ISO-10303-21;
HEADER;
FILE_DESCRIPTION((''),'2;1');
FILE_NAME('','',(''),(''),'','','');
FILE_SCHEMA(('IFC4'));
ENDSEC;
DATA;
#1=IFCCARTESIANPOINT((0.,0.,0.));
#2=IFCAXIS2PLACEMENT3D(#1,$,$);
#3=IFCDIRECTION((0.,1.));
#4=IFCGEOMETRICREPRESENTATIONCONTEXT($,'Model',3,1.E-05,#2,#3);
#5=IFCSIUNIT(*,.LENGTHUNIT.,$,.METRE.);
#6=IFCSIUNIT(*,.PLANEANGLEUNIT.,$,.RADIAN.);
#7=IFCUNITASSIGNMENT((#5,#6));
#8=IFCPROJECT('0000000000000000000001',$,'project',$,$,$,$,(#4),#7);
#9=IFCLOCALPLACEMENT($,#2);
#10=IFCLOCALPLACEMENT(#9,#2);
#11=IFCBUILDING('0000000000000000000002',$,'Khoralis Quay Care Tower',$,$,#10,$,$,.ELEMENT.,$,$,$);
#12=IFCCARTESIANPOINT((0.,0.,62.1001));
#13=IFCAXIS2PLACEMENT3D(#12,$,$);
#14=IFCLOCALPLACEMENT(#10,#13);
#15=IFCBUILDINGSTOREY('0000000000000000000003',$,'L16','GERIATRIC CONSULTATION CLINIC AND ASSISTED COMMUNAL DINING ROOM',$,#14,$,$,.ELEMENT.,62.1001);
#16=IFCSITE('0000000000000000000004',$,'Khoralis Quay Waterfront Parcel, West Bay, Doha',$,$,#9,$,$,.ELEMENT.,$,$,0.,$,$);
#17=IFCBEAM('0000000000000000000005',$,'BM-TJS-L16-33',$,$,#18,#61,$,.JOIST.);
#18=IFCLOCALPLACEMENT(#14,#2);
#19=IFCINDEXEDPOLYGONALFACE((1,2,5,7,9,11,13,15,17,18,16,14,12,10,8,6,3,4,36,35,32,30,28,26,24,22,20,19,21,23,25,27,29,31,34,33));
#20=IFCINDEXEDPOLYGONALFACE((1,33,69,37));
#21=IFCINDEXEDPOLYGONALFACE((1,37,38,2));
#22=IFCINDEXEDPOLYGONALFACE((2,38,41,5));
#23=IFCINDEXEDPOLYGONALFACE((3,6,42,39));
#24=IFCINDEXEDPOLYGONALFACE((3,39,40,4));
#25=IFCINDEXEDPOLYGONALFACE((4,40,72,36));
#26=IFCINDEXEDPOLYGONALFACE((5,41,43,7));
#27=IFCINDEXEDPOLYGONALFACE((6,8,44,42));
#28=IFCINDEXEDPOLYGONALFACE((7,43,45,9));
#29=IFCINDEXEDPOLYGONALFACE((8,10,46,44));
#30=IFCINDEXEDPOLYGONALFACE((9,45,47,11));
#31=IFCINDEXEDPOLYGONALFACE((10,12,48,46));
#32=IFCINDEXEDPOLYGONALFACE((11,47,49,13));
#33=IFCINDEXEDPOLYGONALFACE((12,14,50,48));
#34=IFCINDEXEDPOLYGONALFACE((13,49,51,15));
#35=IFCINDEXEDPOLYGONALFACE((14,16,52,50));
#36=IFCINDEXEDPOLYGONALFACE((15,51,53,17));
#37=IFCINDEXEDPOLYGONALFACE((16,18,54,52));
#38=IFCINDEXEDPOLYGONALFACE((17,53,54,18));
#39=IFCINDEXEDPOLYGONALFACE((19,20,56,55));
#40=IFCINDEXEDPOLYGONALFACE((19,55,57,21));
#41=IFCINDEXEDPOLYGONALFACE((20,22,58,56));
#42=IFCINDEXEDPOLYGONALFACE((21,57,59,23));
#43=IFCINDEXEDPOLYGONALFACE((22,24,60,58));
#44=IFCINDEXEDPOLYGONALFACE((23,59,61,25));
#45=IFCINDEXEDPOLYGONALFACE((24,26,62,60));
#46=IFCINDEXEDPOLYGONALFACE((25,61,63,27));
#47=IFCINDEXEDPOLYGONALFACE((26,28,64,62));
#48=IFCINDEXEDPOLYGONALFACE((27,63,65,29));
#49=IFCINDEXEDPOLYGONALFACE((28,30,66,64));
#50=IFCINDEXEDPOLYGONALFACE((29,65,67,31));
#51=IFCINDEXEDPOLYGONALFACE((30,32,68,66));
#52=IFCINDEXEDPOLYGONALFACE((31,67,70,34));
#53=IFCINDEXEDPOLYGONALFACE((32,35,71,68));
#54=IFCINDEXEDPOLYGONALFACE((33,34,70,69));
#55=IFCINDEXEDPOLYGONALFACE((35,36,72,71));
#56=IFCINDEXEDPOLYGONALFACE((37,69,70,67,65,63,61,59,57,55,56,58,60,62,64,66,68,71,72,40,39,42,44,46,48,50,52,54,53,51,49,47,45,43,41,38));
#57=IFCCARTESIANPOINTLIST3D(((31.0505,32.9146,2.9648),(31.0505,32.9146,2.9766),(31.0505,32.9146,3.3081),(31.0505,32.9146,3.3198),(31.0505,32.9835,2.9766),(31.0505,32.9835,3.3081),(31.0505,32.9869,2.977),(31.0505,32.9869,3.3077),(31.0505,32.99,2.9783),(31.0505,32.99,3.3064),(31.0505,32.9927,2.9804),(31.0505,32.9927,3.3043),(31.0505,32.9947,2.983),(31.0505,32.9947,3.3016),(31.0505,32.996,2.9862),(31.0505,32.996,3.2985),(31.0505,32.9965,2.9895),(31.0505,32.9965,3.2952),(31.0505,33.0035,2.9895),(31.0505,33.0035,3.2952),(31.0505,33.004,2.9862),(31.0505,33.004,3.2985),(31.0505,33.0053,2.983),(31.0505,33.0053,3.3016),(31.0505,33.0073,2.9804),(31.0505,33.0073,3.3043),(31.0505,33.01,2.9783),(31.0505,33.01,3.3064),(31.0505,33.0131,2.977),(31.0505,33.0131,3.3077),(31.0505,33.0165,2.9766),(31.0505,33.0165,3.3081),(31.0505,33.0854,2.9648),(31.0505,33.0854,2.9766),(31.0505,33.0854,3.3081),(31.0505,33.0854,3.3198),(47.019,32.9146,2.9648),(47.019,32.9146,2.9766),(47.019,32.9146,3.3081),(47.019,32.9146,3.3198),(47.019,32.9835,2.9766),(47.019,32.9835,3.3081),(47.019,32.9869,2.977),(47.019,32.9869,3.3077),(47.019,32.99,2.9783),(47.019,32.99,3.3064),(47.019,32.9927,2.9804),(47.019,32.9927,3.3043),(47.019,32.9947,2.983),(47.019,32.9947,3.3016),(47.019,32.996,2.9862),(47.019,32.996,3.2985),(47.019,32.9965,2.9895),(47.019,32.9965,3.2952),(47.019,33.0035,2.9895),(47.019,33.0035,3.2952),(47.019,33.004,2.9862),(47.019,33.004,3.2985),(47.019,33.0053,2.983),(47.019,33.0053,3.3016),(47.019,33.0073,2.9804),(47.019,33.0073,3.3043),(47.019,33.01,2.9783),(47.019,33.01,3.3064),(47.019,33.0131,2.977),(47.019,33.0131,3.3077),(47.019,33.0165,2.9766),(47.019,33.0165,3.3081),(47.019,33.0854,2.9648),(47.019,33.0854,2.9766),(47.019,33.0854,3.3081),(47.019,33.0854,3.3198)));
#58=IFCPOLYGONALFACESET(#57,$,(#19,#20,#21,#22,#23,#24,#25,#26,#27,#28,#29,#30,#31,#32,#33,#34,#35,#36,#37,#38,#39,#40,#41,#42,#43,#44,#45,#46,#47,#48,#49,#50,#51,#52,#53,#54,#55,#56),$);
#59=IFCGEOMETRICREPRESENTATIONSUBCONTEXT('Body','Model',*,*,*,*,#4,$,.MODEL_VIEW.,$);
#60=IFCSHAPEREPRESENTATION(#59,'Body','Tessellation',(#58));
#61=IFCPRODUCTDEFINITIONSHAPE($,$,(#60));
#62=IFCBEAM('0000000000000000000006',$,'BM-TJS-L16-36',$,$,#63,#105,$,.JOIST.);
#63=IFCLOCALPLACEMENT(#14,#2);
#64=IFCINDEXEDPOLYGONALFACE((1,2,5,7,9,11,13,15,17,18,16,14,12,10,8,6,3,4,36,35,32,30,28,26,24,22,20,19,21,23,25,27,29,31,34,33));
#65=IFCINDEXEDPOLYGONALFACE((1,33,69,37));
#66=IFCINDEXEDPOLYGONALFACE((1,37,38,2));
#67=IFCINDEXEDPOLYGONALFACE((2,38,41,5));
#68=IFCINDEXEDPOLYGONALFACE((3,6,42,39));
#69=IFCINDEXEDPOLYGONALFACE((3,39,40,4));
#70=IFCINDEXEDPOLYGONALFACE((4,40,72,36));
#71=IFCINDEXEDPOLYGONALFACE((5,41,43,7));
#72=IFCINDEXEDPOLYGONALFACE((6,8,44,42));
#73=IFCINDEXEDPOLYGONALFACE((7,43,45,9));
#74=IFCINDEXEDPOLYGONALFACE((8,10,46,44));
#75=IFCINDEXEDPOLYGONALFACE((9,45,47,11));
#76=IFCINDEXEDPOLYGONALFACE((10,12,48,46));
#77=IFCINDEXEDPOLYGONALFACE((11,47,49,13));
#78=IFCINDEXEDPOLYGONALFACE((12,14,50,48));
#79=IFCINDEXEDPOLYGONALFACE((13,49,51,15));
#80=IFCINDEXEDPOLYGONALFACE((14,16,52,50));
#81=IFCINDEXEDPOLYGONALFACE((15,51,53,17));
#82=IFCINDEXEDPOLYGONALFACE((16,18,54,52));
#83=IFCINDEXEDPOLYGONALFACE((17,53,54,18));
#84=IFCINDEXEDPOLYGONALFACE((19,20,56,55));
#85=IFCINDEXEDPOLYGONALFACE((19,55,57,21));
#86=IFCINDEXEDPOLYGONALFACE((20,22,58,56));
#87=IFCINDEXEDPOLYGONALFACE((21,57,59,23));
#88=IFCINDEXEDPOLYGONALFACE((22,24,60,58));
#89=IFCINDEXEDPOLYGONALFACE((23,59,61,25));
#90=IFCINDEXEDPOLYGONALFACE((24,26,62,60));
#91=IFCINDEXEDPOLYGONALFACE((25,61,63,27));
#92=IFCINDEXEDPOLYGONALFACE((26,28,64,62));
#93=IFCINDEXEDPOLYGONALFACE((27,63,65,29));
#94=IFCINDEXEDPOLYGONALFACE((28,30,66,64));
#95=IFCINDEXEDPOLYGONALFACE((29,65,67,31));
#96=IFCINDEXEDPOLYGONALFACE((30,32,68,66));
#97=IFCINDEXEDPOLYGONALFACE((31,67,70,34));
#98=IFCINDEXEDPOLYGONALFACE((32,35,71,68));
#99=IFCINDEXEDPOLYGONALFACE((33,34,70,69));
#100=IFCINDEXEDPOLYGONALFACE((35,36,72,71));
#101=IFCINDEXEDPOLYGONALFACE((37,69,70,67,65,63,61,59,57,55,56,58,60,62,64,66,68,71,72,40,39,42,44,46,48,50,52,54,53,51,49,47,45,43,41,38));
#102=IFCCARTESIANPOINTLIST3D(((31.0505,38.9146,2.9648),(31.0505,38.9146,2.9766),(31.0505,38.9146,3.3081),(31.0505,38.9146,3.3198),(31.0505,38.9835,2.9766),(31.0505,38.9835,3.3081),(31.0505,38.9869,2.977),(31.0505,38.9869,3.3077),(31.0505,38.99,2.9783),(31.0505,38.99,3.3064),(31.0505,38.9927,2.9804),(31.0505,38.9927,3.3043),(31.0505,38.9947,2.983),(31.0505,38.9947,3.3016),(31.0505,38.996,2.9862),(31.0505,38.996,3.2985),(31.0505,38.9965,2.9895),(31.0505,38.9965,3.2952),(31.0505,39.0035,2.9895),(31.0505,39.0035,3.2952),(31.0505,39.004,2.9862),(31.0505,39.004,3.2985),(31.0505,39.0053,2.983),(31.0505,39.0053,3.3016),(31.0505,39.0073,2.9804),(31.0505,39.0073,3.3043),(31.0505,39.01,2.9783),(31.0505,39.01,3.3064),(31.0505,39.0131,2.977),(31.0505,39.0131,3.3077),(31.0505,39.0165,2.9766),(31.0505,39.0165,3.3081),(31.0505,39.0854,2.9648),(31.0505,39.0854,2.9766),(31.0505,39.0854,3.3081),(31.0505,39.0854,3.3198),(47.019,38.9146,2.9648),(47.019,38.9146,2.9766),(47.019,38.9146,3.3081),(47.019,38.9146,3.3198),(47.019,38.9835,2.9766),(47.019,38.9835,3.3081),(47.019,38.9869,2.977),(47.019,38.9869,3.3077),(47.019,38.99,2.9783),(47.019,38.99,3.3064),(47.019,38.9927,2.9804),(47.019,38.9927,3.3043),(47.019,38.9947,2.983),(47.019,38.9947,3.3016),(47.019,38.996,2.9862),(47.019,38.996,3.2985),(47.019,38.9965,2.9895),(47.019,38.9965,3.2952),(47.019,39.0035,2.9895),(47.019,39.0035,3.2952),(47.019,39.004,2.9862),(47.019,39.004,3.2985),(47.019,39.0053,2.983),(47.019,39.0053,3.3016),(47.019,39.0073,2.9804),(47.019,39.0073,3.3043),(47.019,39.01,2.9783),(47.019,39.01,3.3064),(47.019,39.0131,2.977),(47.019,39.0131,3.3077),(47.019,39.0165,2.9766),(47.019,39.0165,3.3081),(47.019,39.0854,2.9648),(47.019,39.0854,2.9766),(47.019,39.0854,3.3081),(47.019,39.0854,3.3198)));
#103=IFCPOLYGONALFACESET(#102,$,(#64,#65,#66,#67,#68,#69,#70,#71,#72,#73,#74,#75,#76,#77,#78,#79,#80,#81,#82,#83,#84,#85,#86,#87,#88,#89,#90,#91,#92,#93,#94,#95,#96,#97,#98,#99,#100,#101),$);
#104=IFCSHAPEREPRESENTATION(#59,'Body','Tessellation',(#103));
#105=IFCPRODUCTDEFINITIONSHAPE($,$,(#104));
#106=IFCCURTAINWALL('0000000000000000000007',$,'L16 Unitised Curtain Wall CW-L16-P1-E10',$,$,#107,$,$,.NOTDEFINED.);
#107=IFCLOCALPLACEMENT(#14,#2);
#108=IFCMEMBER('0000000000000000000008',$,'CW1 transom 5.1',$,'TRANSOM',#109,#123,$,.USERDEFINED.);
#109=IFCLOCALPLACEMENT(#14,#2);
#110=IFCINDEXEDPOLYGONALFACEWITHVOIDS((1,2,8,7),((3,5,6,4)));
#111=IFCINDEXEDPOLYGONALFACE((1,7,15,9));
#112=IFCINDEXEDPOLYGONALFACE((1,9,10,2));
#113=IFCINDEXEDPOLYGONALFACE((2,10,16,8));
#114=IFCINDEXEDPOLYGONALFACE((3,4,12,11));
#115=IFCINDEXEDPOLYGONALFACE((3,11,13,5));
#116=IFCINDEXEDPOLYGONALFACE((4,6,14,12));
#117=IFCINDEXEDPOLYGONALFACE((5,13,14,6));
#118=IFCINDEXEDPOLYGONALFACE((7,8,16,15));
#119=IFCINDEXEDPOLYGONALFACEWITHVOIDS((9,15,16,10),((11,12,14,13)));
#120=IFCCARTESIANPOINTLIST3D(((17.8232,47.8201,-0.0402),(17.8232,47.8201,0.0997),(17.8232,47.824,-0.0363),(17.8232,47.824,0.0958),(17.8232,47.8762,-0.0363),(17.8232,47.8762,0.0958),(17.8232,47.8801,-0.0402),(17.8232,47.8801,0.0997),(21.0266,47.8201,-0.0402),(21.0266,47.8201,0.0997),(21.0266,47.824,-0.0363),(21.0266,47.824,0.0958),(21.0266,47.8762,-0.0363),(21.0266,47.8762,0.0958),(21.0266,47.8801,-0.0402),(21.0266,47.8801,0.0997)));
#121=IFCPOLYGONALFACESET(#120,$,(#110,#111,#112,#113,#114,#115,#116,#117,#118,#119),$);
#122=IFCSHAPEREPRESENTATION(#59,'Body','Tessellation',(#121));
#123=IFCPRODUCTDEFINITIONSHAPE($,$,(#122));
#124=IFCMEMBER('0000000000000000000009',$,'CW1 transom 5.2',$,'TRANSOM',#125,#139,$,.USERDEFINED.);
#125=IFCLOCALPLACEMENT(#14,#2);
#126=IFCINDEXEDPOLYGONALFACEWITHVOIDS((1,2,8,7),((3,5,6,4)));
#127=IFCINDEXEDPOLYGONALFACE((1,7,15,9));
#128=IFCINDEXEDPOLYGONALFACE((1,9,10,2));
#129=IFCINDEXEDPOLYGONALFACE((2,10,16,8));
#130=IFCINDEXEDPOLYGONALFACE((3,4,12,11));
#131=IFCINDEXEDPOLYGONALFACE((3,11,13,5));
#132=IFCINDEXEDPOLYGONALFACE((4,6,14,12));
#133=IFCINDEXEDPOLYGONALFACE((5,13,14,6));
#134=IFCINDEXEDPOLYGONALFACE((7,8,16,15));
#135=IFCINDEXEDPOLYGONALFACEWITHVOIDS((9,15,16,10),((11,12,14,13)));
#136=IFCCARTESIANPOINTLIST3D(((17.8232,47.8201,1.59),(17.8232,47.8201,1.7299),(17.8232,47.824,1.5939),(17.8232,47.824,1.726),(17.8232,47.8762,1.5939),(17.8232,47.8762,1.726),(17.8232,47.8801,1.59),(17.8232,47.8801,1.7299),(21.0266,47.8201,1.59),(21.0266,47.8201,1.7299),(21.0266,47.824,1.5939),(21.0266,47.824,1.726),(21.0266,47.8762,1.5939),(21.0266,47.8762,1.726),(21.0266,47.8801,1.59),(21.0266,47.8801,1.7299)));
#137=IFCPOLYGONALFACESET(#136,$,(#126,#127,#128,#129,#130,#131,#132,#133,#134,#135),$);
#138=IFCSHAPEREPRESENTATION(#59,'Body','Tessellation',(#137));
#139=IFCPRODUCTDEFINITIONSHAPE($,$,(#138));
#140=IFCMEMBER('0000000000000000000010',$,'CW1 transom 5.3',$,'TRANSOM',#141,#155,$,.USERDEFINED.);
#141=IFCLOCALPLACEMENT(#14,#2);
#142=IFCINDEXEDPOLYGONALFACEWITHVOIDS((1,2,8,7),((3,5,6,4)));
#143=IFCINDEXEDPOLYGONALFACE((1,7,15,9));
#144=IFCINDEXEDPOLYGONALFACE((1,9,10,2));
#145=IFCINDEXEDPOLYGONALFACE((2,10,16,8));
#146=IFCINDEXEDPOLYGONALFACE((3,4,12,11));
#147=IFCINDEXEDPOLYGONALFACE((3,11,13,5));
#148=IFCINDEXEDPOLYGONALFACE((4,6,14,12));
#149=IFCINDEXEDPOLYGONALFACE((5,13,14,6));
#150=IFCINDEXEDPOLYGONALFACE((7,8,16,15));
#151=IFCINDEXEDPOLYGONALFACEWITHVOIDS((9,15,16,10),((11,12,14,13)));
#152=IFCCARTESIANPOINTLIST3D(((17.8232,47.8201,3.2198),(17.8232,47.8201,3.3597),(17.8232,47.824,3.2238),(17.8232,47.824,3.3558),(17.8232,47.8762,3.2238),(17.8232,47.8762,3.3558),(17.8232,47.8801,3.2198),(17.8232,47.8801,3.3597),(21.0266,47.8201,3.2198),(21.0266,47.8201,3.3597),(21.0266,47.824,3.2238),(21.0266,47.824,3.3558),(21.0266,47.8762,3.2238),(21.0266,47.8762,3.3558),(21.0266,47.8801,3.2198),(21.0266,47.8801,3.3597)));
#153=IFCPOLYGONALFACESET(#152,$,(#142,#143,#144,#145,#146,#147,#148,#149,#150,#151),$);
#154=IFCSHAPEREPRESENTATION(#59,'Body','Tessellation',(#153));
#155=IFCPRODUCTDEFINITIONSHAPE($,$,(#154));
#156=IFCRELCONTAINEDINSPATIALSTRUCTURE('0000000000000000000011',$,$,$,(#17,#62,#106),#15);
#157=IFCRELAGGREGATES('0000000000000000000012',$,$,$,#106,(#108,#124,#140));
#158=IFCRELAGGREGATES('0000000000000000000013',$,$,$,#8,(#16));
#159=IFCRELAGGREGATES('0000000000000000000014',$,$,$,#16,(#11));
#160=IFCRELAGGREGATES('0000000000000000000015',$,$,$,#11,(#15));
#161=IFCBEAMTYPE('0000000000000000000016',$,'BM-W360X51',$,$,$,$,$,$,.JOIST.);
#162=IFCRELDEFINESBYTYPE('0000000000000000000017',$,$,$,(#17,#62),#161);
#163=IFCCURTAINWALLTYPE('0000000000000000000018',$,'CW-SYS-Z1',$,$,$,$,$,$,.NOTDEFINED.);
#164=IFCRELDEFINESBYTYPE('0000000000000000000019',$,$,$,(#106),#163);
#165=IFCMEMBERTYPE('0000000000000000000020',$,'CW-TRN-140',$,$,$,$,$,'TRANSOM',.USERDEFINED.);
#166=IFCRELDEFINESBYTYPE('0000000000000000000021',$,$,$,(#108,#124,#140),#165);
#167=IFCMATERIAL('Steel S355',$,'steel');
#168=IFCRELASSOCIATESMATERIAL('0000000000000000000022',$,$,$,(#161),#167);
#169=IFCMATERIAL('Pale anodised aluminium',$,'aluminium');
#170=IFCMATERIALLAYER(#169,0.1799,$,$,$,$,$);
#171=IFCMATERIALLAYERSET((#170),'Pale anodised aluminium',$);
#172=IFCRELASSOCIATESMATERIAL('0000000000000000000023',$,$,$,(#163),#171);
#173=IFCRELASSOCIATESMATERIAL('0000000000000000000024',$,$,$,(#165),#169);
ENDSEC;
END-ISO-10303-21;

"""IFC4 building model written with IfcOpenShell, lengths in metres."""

from ifc_helpers import new_model, si_unit, direction, frame, origin, origin_2d, place, context, subcontext, project, spatial, hollow_rectangle, i_section, extrude, source, transform, mapped, material, layer, layer_set, material_profile, profile_set, type_object, element, aggregate, save


model = new_model("IFC4")

# Units and contexts
model_context = context("Model", 3, precision=1e-05, world=origin(), true_north=direction((0.0, 1.0)))
body_context = subcontext(model_context, "Body", "Model", "MODEL_VIEW")
ifc_project = project(units=[si_unit("LENGTHUNIT", "METRE"), si_unit("PLANEANGLEUNIT", "RADIAN")], contexts=[model_context])

# Site, building, storey
site_placement = place(None, origin())
site = spatial("IfcSite", under=ifc_project, at=site_placement, Name="Khoralis Quay Waterfront Parcel, West Bay, Doha", CompositionType="ELEMENT", RefElevation=0.0)
building_placement = place(site_placement, origin())
building = spatial("IfcBuilding", under=site, at=building_placement, Name="Khoralis Quay Care Tower", CompositionType="ELEMENT")
storey_placement = place(building_placement, frame((0.0, 0.0, 62.1001)))
storey = spatial("IfcBuildingStorey", under=building, at=storey_placement, Name="L16", Description="GERIATRIC CONSULTATION CLINIC AND ASSISTED COMMUNAL DINING ROOM", CompositionType="ELEMENT", Elevation=62.1001)

# Beams
ifc_material_1 = material(Name="Steel S355", Category="steel")
ifc_material_profile_1 = material_profile(ifc_material_1, i_section(OverallWidth=0.1709, OverallDepth=0.355, WebThickness=0.0071, FlangeThickness=0.0117, FilletRadius=0.0129, at=origin_2d()), Name="Steel S355")
ifc_profile_set_1 = profile_set([ifc_material_profile_1], Name="Steel S355")
beam_type_1 = type_object("IfcBeamType", Name="BM-W360X51", PredefinedType="JOIST", material=ifc_profile_set_1)
shared_shape_1 = source(origin(), body_context, "Body", "SweptSolid", [
    extrude(i_section(OverallWidth=0.1709, OverallDepth=0.355, WebThickness=0.0071, FlangeThickness=0.0117, FilletRadius=0.0129, at=origin_2d()), origin(), (0.0, 0.0, 1.0), 15.9685),
])
for number, where, z_axis, x_axis, name in (
    (1, (31.0505, 33.0, 3.1423), (1.0, 0.0, 0.0), (0.0, 1.0, 0.0), "BM-TJS-L16-33"),
    (2, (31.0505, 39.0, 3.1423), (1.0, 0.0, 0.0), (0.0, 1.0, 0.0), "BM-TJS-L16-36"),
):
    element("IfcBeam", number, at=place(storey_placement, frame(where, z_axis=z_axis, x_axis=x_axis)), inside=storey, type_object=beam_type_1, Name=name, PredefinedType="JOIST", context=body_context, shape_type="MappedRepresentation", body=[
        mapped(shared_shape_1, transform((0.0, 0.0, 0.0), scale=1.0)),
    ])

# Curtain wall, members
ifc_material_2 = material(Name="Pale anodised aluminium", Category="aluminium")
ifc_layer_1 = layer(ifc_material_2, 0.1799)
ifc_layer_set_1 = layer_set([ifc_layer_1], Name="Pale anodised aluminium")
curtain_wall_type = type_object("IfcCurtainWallType", Name="CW-SYS-Z1", PredefinedType="NOTDEFINED", material=ifc_layer_set_1)
curtain_wall_placement = place(storey_placement, origin())
curtain_wall = element("IfcCurtainWall", 3, at=curtain_wall_placement, inside=storey, type_object=curtain_wall_type, Name="L16 Unitised Curtain Wall CW-L16-P1-E10", PredefinedType="NOTDEFINED")
ifc_material_profile_2 = material_profile(ifc_material_2, hollow_rectangle(XDim=0.0601, YDim=0.1399, WallThickness=0.0039, at=origin_2d()), Name="Pale anodised aluminium")
ifc_profile_set_2 = profile_set([ifc_material_profile_2], Name="Pale anodised aluminium")
member_type = type_object("IfcMemberType", Name="CW-TRN-140", ElementType="TRANSOM", PredefinedType="USERDEFINED", material=ifc_profile_set_2)
shared_shape_2 = source(origin(), body_context, "Body", "SweptSolid", [
    extrude(hollow_rectangle(XDim=0.0601, YDim=0.1399, WallThickness=0.0039, at=origin_2d()), origin(), (0.0, 0.0, 1.0), 3.2034),
])
member_1_placement = place(storey_placement, frame((21.0266, 47.8501, 0.0298), z_axis=(-1.0, 0.0, 0.0), x_axis=(0.0, -1.0, 0.0)))
member_1 = element("IfcMember", 4, at=member_1_placement, type_object=member_type, Name="CW1 transom 5.1", ObjectType="TRANSOM", PredefinedType="USERDEFINED", context=body_context, shape_type="MappedRepresentation", body=[
    mapped(shared_shape_2, transform((0.0, 0.0, 0.0), scale=1.0)),
])
member_2_placement = place(storey_placement, frame((21.0266, 47.8501, 1.6599), z_axis=(-1.0, 0.0, 0.0), x_axis=(0.0, -1.0, 0.0)))
member_2 = element("IfcMember", 5, at=member_2_placement, type_object=member_type, Name="CW1 transom 5.2", ObjectType="TRANSOM", PredefinedType="USERDEFINED", context=body_context, shape_type="MappedRepresentation", body=[
    mapped(shared_shape_2, transform((0.0, 0.0, 0.0), scale=1.0)),
])
member_3_placement = place(storey_placement, frame((21.0266, 47.8501, 3.2898), z_axis=(-1.0, 0.0, 0.0), x_axis=(0.0, -1.0, 0.0)))
member_3 = element("IfcMember", 6, at=member_3_placement, type_object=member_type, Name="CW1 transom 5.3", ObjectType="TRANSOM", PredefinedType="USERDEFINED", context=body_context, shape_type="MappedRepresentation", body=[
    mapped(shared_shape_2, transform((0.0, 0.0, 0.0), scale=1.0)),
])
aggregate(curtain_wall, [member_1, member_2, member_3])

save(model, "model.ifc")
